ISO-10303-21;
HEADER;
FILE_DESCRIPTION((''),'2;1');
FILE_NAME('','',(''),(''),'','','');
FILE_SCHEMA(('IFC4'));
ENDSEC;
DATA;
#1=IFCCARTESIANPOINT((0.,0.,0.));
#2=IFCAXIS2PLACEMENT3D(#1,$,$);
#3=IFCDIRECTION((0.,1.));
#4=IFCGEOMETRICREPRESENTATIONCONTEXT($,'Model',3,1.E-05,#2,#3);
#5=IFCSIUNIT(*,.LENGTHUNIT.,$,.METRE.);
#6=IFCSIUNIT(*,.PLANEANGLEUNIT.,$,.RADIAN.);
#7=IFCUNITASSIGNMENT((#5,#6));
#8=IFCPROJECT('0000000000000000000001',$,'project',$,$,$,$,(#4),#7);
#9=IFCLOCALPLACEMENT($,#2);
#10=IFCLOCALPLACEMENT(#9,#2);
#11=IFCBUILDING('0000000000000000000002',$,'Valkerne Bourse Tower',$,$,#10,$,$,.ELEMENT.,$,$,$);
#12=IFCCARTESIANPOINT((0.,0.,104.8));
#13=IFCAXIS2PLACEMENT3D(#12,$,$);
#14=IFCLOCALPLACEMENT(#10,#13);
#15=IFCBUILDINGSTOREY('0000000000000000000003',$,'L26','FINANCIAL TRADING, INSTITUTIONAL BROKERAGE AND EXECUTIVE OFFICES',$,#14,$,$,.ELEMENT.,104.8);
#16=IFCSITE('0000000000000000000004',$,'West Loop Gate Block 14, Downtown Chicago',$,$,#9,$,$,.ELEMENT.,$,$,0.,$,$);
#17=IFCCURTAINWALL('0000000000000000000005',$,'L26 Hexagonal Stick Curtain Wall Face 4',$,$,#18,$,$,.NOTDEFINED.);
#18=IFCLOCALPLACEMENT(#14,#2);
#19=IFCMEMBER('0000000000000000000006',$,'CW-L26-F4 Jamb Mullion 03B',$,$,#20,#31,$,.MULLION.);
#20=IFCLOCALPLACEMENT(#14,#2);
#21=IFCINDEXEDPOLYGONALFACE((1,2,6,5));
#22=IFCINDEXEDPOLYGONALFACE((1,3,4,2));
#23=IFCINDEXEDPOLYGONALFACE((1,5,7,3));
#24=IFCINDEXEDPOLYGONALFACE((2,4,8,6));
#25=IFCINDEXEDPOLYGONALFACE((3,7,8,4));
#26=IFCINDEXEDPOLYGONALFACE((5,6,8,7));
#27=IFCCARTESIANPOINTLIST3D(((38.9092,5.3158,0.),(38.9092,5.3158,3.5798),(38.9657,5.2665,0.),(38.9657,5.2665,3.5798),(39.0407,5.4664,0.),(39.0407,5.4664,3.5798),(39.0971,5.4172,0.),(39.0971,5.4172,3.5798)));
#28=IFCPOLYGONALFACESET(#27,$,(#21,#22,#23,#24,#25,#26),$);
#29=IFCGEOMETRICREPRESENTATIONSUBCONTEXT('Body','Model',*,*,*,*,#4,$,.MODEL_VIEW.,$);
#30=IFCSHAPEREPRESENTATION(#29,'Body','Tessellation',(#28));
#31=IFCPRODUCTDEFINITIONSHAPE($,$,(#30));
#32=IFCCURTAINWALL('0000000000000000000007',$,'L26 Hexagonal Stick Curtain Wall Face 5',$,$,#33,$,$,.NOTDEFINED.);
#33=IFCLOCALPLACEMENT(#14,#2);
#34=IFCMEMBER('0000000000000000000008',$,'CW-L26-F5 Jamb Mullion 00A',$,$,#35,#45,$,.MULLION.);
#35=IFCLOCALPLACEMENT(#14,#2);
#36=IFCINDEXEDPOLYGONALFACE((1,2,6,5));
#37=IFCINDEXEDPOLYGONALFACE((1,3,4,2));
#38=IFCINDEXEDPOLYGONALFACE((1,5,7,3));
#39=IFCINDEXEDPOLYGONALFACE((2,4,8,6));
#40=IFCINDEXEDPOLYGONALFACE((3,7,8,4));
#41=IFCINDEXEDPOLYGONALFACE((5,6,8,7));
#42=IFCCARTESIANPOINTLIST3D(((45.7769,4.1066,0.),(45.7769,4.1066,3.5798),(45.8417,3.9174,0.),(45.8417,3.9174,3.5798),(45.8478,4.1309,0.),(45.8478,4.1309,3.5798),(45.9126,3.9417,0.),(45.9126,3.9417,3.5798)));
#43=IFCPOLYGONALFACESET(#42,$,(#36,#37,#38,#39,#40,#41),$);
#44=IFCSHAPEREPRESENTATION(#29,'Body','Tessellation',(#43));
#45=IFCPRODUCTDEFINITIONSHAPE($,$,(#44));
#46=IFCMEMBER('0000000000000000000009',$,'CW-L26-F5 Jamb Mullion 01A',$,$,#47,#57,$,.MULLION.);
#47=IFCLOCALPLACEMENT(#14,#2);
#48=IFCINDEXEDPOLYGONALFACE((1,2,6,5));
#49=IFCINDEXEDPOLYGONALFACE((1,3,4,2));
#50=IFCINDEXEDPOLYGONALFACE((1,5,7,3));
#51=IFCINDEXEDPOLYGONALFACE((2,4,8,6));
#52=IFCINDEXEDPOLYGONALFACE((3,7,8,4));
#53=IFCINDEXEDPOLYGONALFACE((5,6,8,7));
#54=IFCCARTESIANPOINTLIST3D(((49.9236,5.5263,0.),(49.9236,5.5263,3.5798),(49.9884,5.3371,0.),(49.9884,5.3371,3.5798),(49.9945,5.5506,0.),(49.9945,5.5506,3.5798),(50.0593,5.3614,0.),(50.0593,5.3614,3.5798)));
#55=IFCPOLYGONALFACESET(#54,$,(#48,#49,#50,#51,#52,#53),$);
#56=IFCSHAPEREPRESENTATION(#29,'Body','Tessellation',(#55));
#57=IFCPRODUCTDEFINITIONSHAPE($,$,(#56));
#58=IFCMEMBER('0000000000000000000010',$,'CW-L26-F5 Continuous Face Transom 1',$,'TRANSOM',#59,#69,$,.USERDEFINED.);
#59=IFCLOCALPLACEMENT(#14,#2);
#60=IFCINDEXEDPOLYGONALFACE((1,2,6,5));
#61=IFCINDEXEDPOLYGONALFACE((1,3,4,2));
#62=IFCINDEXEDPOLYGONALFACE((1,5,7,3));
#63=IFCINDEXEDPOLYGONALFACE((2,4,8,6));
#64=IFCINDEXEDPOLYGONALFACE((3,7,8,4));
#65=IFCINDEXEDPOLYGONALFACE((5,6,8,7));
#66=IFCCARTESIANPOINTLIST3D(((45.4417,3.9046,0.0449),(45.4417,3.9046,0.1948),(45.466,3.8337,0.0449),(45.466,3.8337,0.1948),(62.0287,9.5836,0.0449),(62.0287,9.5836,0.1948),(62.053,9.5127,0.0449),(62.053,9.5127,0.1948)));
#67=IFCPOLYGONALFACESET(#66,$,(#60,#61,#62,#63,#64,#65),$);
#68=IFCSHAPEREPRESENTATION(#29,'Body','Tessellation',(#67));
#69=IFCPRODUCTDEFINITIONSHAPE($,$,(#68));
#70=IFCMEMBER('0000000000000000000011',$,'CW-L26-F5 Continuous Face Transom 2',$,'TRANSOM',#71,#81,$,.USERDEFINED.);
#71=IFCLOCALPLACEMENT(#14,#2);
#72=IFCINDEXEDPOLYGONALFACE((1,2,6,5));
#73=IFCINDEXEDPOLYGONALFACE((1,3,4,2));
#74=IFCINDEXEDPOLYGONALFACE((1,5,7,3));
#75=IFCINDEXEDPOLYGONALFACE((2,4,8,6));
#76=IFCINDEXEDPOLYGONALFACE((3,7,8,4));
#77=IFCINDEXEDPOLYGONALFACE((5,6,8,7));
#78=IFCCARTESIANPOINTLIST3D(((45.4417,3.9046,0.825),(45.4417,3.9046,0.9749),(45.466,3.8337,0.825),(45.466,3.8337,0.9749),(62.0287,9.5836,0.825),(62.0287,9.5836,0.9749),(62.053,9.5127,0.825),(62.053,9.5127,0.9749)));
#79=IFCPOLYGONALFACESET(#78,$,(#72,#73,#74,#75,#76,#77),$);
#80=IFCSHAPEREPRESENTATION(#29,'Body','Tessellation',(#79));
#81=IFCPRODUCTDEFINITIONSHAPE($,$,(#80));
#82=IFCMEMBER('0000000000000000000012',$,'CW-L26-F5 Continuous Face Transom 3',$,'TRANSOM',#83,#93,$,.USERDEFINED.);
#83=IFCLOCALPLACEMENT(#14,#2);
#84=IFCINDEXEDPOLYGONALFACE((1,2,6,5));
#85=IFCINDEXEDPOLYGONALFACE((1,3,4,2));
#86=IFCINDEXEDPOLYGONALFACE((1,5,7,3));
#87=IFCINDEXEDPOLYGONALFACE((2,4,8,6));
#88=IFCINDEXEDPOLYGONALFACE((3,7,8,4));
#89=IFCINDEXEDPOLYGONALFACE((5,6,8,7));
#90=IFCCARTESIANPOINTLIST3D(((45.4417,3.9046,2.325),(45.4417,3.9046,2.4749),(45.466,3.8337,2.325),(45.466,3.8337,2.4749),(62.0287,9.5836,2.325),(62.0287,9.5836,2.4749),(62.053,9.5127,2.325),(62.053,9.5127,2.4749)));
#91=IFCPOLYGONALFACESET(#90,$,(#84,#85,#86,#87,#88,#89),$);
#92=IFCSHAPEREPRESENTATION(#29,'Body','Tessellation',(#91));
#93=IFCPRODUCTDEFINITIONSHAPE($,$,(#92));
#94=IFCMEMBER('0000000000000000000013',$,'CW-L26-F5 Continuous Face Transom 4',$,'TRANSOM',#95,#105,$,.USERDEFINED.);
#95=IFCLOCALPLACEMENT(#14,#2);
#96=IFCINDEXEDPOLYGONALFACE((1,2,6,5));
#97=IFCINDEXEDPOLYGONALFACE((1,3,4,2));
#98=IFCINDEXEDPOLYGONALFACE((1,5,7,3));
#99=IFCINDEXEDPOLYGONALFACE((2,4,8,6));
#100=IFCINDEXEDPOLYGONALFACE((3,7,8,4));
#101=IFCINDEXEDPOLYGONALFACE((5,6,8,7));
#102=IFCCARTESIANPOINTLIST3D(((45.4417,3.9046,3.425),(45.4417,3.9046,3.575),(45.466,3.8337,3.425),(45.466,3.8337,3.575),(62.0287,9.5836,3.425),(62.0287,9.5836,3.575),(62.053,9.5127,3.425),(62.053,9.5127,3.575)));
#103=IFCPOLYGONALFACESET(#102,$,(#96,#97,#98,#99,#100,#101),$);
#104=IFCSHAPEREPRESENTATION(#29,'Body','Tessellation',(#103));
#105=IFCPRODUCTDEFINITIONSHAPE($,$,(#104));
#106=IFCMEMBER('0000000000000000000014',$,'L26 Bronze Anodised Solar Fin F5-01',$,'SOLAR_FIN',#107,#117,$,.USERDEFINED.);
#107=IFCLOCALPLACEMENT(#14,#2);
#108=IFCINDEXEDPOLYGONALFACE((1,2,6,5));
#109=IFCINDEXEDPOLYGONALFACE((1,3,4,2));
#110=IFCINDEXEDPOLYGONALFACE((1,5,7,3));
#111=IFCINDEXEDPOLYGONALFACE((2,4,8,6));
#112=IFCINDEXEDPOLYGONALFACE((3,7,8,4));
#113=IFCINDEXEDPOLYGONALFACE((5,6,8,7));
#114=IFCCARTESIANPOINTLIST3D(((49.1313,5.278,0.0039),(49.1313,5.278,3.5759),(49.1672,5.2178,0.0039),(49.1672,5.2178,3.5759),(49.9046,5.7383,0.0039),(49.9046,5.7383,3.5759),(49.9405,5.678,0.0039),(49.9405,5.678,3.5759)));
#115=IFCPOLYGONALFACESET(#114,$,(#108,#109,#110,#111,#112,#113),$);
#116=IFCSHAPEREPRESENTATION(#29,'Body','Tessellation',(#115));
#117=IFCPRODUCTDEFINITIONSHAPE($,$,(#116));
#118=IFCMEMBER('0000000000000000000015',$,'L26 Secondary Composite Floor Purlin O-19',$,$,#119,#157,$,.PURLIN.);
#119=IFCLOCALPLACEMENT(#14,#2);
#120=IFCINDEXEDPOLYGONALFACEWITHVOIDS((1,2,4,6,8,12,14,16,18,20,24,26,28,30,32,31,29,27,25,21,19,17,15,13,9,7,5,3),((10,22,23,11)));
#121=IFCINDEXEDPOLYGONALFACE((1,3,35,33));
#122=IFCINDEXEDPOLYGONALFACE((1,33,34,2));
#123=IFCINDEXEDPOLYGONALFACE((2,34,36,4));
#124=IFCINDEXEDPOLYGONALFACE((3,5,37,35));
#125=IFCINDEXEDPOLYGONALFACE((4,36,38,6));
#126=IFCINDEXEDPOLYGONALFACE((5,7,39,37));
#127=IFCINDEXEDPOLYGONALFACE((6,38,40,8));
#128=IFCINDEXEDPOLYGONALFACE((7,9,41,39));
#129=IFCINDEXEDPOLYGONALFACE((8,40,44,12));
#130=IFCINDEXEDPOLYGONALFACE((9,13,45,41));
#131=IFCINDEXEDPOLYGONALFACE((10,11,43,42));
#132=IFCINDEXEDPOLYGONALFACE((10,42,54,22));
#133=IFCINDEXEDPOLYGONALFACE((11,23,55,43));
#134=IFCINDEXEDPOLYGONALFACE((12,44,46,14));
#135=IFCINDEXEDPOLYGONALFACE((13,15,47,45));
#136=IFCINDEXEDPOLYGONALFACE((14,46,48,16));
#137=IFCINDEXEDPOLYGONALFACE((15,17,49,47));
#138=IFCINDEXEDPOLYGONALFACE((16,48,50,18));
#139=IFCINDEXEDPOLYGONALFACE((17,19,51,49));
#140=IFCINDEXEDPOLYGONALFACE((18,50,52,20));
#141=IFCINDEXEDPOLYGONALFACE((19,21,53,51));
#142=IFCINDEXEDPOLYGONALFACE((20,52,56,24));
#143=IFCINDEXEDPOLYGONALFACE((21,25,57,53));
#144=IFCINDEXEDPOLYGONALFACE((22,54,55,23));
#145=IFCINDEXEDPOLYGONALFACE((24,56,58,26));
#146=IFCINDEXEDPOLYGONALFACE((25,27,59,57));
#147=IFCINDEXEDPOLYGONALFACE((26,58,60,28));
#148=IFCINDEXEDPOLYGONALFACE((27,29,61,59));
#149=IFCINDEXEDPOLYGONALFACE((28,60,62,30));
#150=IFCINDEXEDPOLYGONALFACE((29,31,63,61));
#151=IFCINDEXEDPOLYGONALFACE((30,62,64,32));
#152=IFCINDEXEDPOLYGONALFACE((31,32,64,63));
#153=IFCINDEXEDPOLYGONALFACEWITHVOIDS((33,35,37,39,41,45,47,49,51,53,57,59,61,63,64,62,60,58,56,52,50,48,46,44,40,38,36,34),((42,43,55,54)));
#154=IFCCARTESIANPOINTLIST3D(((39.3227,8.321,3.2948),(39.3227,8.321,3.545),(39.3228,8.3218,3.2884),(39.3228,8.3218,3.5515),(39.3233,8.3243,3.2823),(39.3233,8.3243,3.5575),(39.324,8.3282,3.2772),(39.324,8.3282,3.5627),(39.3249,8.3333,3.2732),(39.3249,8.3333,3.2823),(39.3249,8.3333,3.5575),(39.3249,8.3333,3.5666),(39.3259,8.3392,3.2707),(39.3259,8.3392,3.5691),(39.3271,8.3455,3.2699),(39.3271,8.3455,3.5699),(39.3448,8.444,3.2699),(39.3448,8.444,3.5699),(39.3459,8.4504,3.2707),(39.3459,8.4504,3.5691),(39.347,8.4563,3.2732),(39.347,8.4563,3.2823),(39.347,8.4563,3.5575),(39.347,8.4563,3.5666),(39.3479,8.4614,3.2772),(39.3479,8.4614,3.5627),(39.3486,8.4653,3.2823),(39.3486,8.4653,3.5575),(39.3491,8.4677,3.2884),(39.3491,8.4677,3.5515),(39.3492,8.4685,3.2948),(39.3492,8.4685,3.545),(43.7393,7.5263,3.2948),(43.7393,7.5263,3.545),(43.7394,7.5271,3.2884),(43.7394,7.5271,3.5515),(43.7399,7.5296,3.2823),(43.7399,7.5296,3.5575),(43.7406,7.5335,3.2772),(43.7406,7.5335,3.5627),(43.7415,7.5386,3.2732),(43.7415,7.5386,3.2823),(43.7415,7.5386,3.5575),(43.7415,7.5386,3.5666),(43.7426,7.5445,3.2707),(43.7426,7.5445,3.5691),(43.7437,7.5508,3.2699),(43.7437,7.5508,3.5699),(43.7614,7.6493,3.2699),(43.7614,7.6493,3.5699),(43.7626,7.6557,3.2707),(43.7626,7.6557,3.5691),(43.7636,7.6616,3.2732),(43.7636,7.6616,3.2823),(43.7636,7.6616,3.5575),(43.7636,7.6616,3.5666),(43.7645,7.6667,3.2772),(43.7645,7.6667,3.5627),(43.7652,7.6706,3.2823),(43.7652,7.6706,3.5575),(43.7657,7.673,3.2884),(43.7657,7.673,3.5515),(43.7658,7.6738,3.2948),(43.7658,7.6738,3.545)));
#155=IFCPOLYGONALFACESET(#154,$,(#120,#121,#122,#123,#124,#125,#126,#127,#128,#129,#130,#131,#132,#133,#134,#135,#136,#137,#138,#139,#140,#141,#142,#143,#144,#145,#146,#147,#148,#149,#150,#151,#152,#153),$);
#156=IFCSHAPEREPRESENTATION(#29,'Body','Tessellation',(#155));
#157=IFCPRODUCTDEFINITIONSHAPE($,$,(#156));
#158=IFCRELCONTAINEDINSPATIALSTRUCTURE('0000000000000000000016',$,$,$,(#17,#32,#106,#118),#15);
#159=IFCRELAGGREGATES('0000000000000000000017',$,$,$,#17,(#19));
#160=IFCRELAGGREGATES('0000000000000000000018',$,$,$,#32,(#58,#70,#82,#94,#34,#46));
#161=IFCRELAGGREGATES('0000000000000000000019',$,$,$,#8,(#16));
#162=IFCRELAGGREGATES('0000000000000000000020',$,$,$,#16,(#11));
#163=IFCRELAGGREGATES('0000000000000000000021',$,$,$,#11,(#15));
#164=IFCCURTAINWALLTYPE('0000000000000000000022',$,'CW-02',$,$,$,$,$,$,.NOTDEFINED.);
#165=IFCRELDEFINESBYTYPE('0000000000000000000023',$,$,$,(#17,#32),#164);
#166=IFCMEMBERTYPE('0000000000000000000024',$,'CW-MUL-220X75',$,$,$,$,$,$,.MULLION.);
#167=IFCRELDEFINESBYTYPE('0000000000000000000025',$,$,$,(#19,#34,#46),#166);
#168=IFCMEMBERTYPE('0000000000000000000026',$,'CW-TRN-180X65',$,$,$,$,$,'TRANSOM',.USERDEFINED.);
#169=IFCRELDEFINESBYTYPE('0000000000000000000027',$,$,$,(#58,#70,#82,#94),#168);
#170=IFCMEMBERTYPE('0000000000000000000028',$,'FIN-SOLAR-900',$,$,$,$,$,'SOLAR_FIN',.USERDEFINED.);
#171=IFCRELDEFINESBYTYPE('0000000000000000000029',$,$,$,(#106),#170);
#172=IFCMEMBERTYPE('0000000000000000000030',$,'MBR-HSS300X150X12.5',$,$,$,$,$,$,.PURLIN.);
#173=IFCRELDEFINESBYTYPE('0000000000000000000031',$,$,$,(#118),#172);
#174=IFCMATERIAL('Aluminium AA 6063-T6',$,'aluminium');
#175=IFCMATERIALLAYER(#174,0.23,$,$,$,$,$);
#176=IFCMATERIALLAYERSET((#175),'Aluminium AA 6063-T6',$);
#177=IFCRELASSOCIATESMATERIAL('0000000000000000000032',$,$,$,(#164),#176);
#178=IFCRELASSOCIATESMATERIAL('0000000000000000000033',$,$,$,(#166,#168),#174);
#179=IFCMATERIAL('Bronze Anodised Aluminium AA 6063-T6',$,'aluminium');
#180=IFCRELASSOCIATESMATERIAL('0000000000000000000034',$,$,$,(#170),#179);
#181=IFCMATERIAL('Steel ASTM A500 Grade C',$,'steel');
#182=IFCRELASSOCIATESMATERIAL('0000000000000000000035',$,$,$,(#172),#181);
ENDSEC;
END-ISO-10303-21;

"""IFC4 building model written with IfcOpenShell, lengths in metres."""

from ifc_helpers import new_model, si_unit, direction, frame, origin, origin_2d, place, context, subcontext, project, spatial, rectangle, hollow_rectangle, extrude, material, layer, layer_set, material_profile, profile_set, type_object, element, aggregate, save


model = new_model("IFC4")

# Units and contexts
model_context = context("Model", 3, precision=1e-05, world=origin(), true_north=direction((0.0, 1.0)))
body_context = subcontext(model_context, "Body", "Model", "MODEL_VIEW")
ifc_project = project(units=[si_unit("LENGTHUNIT", "METRE"), si_unit("PLANEANGLEUNIT", "RADIAN")], contexts=[model_context])

# Site, building, storey
site_placement = place(None, origin())
site = spatial("IfcSite", under=ifc_project, at=site_placement, Name="West Loop Gate Block 14, Downtown Chicago", CompositionType="ELEMENT", RefElevation=0.0)
building_placement = place(site_placement, origin())
building = spatial("IfcBuilding", under=site, at=building_placement, Name="Valkerne Bourse Tower", CompositionType="ELEMENT")
storey_placement = place(building_placement, frame((0.0, 0.0, 104.8)))
storey = spatial("IfcBuildingStorey", under=building, at=storey_placement, Name="L26", Description="FINANCIAL TRADING, INSTITUTIONAL BROKERAGE AND EXECUTIVE OFFICES", CompositionType="ELEMENT", Elevation=104.8)

# Curtain wall, member
ifc_material_1 = material(Name="Aluminium AA 6063-T6", Category="aluminium")
ifc_layer_1 = layer(ifc_material_1, 0.23)
ifc_layer_set_1 = layer_set([ifc_layer_1], Name="Aluminium AA 6063-T6")
curtain_wall_type = type_object("IfcCurtainWallType", Name="CW-02", PredefinedType="NOTDEFINED", material=ifc_layer_set_1)
curtain_wall_1_placement = place(storey_placement, origin())
curtain_wall_1 = element("IfcCurtainWall", 1, at=curtain_wall_1_placement, inside=storey, type_object=curtain_wall_type, Name="L26 Hexagonal Stick Curtain Wall Face 4", PredefinedType="NOTDEFINED")
ifc_material_profile_1 = material_profile(ifc_material_1, rectangle(XDim=0.075, YDim=0.2, at=origin_2d()), Name="CWM-75X200")
ifc_profile_set_1 = profile_set([ifc_material_profile_1], Name="Aluminium AA 6063-T6")
member_type_1 = type_object("IfcMemberType", Name="CW-MUL-220X75", PredefinedType="MULLION", material=ifc_profile_set_1)
member_1_placement = place(storey_placement, frame((39.0032, 5.3665, 0.0), z_axis=(0.0, 0.0, 1.0), x_axis=(0.753564, -0.657375, 0.0)))
member_1 = element("IfcMember", 2, at=member_1_placement, type_object=member_type_1, Name="CW-L26-F4 Jamb Mullion 03B", PredefinedType="MULLION", context=body_context, shape_type="SweptSolid", body=[
    extrude(rectangle(XDim=0.075, YDim=0.2, at=origin_2d()), origin(), (0.0, 0.0, 1.0), 3.5798),
])
aggregate(curtain_wall_1, [member_1])

# Curtain wall, members
curtain_wall_2_placement = place(storey_placement, origin())
curtain_wall_2 = element("IfcCurtainWall", 3, at=curtain_wall_2_placement, inside=storey, type_object=curtain_wall_type, Name="L26 Hexagonal Stick Curtain Wall Face 5", PredefinedType="NOTDEFINED")
member_2_placement = place(storey_placement, frame((45.8447, 4.0242, 0.0), z_axis=(0.0, 0.0, 1.0), x_axis=(0.946088, 0.323911, 0.0)))
member_2 = element("IfcMember", 4, at=member_2_placement, type_object=member_type_1, Name="CW-L26-F5 Jamb Mullion 00A", PredefinedType="MULLION", context=body_context, shape_type="SweptSolid", body=[
    extrude(rectangle(XDim=0.075, YDim=0.2, at=origin_2d()), origin(), (0.0, 0.0, 1.0), 3.5798),
])
member_3_placement = place(storey_placement, frame((49.9915, 5.4438, 0.0), z_axis=(0.0, 0.0, 1.0), x_axis=(0.946088, 0.323911, 0.0)))
member_3 = element("IfcMember", 5, at=member_3_placement, type_object=member_type_1, Name="CW-L26-F5 Jamb Mullion 01A", PredefinedType="MULLION", context=body_context, shape_type="SweptSolid", body=[
    extrude(rectangle(XDim=0.075, YDim=0.2, at=origin_2d()), origin(), (0.0, 0.0, 1.0), 3.5798),
])
ifc_material_profile_2 = material_profile(ifc_material_1, rectangle(XDim=0.075, YDim=0.1499, at=origin_2d()), Name="CWT-75X150")
ifc_profile_set_2 = profile_set([ifc_material_profile_2], Name="Aluminium AA 6063-T6")
member_type_2 = type_object("IfcMemberType", Name="CW-TRN-180X65", ElementType="TRANSOM", PredefinedType="USERDEFINED", material=ifc_profile_set_2)
member_4_placement = place(storey_placement, frame((45.4539, 3.8691, 0.1199), z_axis=(0.946086, 0.323917, 0.0), x_axis=(-0.323917, 0.946086, 0.0)))
member_4 = element("IfcMember", 6, at=member_4_placement, type_object=member_type_2, Name="CW-L26-F5 Continuous Face Transom 1", ObjectType="TRANSOM", PredefinedType="USERDEFINED", context=body_context, shape_type="SweptSolid", body=[
    extrude(rectangle(XDim=0.075, YDim=0.1499, at=origin_2d()), origin(), (0.0, 0.0, 1.0), 17.5322),
])
member_5_placement = place(storey_placement, frame((45.4539, 3.8691, 0.8999), z_axis=(0.946086, 0.323917, 0.0), x_axis=(-0.323917, 0.946086, 0.0)))
member_5 = element("IfcMember", 7, at=member_5_placement, type_object=member_type_2, Name="CW-L26-F5 Continuous Face Transom 2", ObjectType="TRANSOM", PredefinedType="USERDEFINED", context=body_context, shape_type="SweptSolid", body=[
    extrude(rectangle(XDim=0.075, YDim=0.1499, at=origin_2d()), origin(), (0.0, 0.0, 1.0), 17.5322),
])
member_6_placement = place(storey_placement, frame((45.4539, 3.8691, 2.3999), z_axis=(0.946086, 0.323917, 0.0), x_axis=(-0.323917, 0.946086, 0.0)))
member_6 = element("IfcMember", 8, at=member_6_placement, type_object=member_type_2, Name="CW-L26-F5 Continuous Face Transom 3", ObjectType="TRANSOM", PredefinedType="USERDEFINED", context=body_context, shape_type="SweptSolid", body=[
    extrude(rectangle(XDim=0.075, YDim=0.1499, at=origin_2d()), origin(), (0.0, 0.0, 1.0), 17.5322),
])
member_7_placement = place(storey_placement, frame((45.4539, 3.8691, 3.5), z_axis=(0.946086, 0.323917, 0.0), x_axis=(-0.323917, 0.946086, 0.0)))
member_7 = element("IfcMember", 9, at=member_7_placement, type_object=member_type_2, Name="CW-L26-F5 Continuous Face Transom 4", ObjectType="TRANSOM", PredefinedType="USERDEFINED", context=body_context, shape_type="SweptSolid", body=[
    extrude(rectangle(XDim=0.075, YDim=0.1499, at=origin_2d()), origin(), (0.0, 0.0, 1.0), 17.5322),
])

# Members
ifc_material_2 = material(Name="Bronze Anodised Aluminium AA 6063-T6", Category="aluminium")
ifc_material_profile_3 = material_profile(ifc_material_2, rectangle(XDim=0.0701, YDim=0.8999, at=origin_2d()), Name="FIN-70X900")
ifc_profile_set_3 = profile_set([ifc_material_profile_3], Name="Bronze Anodised Aluminium AA 6063-T6")
member_type_3 = type_object("IfcMemberType", Name="FIN-SOLAR-900", ElementType="SOLAR_FIN", PredefinedType="USERDEFINED", material=ifc_profile_set_3)
member_8_placement = place(storey_placement, frame((49.5359, 5.478, 0.0039), z_axis=(0.0, 0.0, 1.0), x_axis=(0.511432, -0.859324, 0.0)))
element("IfcMember", 10, at=member_8_placement, inside=storey, type_object=member_type_3, Name="L26 Bronze Anodised Solar Fin F5-01", ObjectType="SOLAR_FIN", PredefinedType="USERDEFINED", context=body_context, shape_type="SweptSolid", body=[
    extrude(rectangle(XDim=0.0701, YDim=0.8999, at=origin_2d()), origin(), (0.0, 0.0, 1.0), 3.572),
])
ifc_material_3 = material(Name="Steel ASTM A500 Grade C", Category="steel")
ifc_material_profile_4 = material_profile(ifc_material_3, hollow_rectangle(XDim=0.1499, YDim=0.3, WallThickness=0.0125, OuterFilletRadius=0.0249, at=origin_2d()), Name="HSS300X150X12.5")
ifc_profile_set_4 = profile_set([ifc_material_profile_4], Name="Steel ASTM A500 Grade C")
member_type_4 = type_object("IfcMemberType", Name="MBR-HSS300X150X12.5", PredefinedType="PURLIN", material=ifc_profile_set_4)
member_9_placement = place(storey_placement, frame((39.3359, 8.3948, 3.4199), z_axis=(0.984195, -0.17709, 0.0), x_axis=(0.17709, 0.984195, 0.0)))
element("IfcMember", 11, at=member_9_placement, inside=storey, type_object=member_type_4, Name="L26 Secondary Composite Floor Purlin O-19", PredefinedType="PURLIN", context=body_context, shape_type="SweptSolid", body=[
    extrude(hollow_rectangle(XDim=0.1499, YDim=0.3, WallThickness=0.0125, OuterFilletRadius=0.0249, at=origin_2d()), origin(), (0.0, 0.0, 1.0), 4.4875),
])

aggregate(curtain_wall_2, [member_4, member_5, member_6, member_7, member_2, member_3])

save(model, "model.ifc")
